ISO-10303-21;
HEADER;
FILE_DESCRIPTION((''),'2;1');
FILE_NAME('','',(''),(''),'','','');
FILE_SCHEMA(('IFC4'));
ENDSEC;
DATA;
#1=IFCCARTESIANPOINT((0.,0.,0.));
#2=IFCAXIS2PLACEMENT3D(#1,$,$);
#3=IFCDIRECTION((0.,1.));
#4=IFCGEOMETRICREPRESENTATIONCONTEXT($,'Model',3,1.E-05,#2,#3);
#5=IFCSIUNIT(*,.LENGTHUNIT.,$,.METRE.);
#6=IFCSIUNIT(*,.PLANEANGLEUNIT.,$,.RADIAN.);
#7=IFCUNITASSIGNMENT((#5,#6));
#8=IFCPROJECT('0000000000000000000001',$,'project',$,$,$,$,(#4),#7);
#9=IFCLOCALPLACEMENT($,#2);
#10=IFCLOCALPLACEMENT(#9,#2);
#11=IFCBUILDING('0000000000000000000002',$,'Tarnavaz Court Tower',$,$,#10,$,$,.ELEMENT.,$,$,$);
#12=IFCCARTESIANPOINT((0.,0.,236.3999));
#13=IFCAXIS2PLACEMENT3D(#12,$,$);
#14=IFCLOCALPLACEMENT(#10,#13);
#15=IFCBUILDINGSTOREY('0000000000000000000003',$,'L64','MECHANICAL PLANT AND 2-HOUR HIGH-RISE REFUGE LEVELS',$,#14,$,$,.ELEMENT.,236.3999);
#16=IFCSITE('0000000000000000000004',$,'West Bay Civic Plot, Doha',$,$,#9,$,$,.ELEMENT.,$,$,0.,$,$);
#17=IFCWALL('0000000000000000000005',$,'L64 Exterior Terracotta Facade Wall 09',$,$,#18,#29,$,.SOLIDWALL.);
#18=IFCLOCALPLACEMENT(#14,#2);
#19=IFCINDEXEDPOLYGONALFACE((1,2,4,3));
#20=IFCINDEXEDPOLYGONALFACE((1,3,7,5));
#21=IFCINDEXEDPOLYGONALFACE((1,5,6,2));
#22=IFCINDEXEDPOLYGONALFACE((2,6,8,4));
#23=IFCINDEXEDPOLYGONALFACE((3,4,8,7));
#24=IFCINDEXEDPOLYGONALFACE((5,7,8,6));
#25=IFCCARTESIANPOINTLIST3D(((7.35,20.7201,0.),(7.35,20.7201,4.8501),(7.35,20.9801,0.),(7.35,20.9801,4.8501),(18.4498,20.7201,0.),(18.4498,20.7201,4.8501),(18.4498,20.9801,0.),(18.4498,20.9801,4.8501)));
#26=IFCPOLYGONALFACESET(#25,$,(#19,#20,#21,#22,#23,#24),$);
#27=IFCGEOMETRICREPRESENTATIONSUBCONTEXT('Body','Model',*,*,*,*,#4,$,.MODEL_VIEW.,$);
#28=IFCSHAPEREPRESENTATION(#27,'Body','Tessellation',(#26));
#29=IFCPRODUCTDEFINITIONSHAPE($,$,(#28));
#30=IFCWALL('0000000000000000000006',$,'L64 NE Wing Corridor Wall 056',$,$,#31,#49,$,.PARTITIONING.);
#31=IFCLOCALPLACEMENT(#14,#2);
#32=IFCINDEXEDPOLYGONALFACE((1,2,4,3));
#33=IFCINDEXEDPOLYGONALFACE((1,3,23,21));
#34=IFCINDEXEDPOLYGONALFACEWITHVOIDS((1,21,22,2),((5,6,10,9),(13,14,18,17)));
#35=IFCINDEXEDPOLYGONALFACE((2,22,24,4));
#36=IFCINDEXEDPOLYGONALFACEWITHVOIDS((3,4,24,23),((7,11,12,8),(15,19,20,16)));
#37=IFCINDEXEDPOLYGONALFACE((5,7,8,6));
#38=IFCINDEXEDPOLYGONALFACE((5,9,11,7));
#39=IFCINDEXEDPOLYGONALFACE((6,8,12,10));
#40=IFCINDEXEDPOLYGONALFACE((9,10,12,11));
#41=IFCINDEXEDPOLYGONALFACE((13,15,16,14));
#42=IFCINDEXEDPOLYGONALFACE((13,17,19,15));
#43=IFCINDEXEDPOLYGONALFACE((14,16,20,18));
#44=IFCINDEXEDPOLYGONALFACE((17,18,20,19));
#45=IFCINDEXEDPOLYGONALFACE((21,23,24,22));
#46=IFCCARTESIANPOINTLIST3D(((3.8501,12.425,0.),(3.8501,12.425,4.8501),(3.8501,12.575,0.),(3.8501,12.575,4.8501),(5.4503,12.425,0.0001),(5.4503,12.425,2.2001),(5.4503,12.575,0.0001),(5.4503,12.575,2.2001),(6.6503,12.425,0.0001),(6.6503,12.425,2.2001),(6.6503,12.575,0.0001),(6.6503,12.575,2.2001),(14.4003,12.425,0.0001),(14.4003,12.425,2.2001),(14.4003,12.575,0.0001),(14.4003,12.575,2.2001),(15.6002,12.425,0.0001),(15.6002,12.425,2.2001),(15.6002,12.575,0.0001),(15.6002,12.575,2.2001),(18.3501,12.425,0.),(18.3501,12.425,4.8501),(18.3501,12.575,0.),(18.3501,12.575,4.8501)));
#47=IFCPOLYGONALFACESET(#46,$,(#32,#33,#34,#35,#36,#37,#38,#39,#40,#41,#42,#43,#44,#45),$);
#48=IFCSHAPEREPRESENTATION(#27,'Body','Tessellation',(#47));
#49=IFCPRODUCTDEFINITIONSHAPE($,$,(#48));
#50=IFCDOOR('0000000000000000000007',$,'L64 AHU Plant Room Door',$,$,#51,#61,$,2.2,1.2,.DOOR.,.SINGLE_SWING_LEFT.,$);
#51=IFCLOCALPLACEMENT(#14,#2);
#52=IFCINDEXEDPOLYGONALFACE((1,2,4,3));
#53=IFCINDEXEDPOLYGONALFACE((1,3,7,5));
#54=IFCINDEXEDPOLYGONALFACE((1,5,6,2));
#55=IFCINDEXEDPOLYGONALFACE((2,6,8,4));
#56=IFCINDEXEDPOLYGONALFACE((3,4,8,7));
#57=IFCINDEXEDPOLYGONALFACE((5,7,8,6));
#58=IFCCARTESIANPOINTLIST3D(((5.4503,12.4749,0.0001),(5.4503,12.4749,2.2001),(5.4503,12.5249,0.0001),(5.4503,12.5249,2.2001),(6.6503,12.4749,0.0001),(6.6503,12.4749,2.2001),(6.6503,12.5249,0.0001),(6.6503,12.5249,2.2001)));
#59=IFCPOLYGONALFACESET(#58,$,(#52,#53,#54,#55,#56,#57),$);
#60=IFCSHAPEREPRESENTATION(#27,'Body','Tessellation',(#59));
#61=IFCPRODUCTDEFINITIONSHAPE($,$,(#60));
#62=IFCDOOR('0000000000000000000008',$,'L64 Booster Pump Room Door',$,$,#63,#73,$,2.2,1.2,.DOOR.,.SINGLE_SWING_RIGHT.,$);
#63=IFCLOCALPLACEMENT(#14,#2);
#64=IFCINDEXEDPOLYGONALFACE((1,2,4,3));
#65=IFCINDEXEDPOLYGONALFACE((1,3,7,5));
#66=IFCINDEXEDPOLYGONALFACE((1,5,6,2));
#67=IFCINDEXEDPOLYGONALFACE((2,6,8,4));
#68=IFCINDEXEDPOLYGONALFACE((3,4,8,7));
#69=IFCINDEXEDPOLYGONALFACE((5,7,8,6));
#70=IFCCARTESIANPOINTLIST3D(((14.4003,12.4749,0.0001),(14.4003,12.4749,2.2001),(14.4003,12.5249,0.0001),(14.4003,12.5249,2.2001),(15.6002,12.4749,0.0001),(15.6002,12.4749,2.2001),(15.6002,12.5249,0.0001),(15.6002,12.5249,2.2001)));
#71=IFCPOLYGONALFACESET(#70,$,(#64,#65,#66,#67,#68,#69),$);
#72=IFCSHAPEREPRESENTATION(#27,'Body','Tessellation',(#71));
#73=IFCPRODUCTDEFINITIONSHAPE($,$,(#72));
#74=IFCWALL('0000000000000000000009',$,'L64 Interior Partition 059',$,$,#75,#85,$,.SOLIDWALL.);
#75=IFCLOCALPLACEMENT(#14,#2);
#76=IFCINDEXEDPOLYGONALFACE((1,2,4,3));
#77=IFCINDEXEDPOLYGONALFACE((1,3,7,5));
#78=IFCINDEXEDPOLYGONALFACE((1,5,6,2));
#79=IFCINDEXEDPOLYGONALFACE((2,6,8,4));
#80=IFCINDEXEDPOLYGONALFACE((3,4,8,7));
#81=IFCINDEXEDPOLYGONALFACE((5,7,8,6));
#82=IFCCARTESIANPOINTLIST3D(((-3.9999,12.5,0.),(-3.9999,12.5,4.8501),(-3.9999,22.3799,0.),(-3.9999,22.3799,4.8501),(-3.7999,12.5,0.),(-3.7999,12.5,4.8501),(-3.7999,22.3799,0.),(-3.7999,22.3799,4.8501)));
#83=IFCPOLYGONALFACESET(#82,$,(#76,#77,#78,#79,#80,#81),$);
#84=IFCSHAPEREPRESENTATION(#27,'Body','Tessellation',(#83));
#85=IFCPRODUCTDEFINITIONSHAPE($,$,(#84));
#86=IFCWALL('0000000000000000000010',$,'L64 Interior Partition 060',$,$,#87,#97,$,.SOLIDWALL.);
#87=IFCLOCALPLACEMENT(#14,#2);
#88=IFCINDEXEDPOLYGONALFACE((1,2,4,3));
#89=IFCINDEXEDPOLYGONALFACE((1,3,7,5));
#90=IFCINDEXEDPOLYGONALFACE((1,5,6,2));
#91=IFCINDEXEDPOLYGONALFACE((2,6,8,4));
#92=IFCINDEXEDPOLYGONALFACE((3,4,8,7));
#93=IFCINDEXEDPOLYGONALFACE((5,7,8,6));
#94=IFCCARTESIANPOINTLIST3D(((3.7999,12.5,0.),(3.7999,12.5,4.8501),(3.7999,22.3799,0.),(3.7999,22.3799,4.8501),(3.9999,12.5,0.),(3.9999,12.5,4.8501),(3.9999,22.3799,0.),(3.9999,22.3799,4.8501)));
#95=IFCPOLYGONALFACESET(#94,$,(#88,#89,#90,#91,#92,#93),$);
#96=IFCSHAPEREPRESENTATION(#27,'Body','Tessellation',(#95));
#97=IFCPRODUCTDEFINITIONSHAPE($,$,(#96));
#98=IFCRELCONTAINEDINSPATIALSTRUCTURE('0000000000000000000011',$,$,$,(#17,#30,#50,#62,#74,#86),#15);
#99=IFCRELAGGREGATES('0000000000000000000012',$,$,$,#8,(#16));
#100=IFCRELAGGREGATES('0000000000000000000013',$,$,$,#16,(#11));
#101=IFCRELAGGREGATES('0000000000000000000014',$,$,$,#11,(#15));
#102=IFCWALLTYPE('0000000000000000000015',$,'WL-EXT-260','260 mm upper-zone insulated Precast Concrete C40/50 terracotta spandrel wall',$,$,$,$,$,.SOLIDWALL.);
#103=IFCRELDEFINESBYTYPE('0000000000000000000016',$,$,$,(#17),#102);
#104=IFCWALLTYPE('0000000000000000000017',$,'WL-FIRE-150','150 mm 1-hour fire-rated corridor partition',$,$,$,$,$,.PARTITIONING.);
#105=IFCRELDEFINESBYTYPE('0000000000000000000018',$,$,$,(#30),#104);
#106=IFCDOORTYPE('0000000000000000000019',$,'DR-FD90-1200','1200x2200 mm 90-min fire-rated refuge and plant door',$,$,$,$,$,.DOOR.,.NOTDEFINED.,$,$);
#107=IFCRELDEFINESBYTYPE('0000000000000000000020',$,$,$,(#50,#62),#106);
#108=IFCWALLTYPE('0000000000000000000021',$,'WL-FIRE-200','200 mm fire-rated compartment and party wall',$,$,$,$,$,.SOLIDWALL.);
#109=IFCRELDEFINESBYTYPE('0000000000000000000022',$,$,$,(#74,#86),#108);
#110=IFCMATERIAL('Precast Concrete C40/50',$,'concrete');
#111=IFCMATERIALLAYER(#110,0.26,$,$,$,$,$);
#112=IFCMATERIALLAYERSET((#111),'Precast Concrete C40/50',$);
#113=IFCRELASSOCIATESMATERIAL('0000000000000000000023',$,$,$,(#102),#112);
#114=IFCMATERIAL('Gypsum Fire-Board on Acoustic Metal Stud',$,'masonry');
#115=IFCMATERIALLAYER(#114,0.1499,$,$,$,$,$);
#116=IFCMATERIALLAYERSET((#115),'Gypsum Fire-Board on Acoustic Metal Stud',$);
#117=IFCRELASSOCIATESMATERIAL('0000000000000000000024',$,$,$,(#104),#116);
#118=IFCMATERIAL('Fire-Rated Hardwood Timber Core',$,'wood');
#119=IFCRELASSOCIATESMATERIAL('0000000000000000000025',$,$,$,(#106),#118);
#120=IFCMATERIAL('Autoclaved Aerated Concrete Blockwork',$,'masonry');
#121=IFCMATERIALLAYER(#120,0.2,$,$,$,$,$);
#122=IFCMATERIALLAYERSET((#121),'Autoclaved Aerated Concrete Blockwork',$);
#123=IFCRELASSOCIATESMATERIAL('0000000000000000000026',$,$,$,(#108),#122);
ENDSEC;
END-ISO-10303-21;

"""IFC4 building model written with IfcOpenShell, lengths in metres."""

from ifc_helpers import new_model, si_unit, direction, frame, frame_2d, origin, place, context, subcontext, project, spatial, rectangle, extrude, material, layer, layer_set, type_object, element, fill, save


model = new_model("IFC4")

# Units and contexts
model_context = context("Model", 3, precision=1e-05, world=origin(), true_north=direction((0.0, 1.0)))
body_context = subcontext(model_context, "Body", "Model", "MODEL_VIEW")
ifc_project = project(units=[si_unit("LENGTHUNIT", "METRE"), si_unit("PLANEANGLEUNIT", "RADIAN")], contexts=[model_context])

# Site, building, storey
site_placement = place(None, origin())
site = spatial("IfcSite", under=ifc_project, at=site_placement, Name="West Bay Civic Plot, Doha", CompositionType="ELEMENT", RefElevation=0.0)
building_placement = place(site_placement, origin())
building = spatial("IfcBuilding", under=site, at=building_placement, Name="Tarnavaz Court Tower", CompositionType="ELEMENT")
storey_placement = place(building_placement, frame((0.0, 0.0, 236.3999)))
storey = spatial("IfcBuildingStorey", under=building, at=storey_placement, Name="L64", Description="MECHANICAL PLANT AND 2-HOUR HIGH-RISE REFUGE LEVELS", CompositionType="ELEMENT", Elevation=236.3999)

# Wall
ifc_material_1 = material(Name="Precast Concrete C40/50", Category="concrete")
ifc_layer_1 = layer(ifc_material_1, 0.26)
ifc_layer_set_1 = layer_set([ifc_layer_1], Name="Precast Concrete C40/50")
wall_type_1 = type_object("IfcWallType", Name="WL-EXT-260", Description="260 mm upper-zone insulated Precast Concrete C40/50 terracotta spandrel wall", PredefinedType="SOLIDWALL", material=ifc_layer_set_1)
wall_1_placement = place(storey_placement, frame((7.3501, 20.8501, 0.0), z_axis=(0.0, 0.0, 1.0), x_axis=(1.0, 0.0, 0.0)))
element("IfcWall", 1, at=wall_1_placement, inside=storey, type_object=wall_type_1, Name="L64 Exterior Terracotta Facade Wall 09", PredefinedType="SOLIDWALL", context=body_context, shape_type="SweptSolid", body=[
    extrude(rectangle(XDim=11.0999, YDim=0.26, at=frame_2d((5.5498, 0.0))), origin(), (0.0, 0.0, 1.0), 4.8501),
])

# Wall, openings, doors
ifc_material_2 = material(Name="Gypsum Fire-Board on Acoustic Metal Stud", Category="masonry")
ifc_layer_2 = layer(ifc_material_2, 0.1499)
ifc_layer_set_2 = layer_set([ifc_layer_2], Name="Gypsum Fire-Board on Acoustic Metal Stud")
wall_type_2 = type_object("IfcWallType", Name="WL-FIRE-150", Description="150 mm 1-hour fire-rated corridor partition", PredefinedType="PARTITIONING", material=ifc_layer_set_2)
wall_2_placement = place(storey_placement, frame((3.8501, 12.5, 0.0), z_axis=(0.0, 0.0, 1.0), x_axis=(1.0, 0.0, 0.0)))
wall_2 = element("IfcWall", 2, at=wall_2_placement, inside=storey, type_object=wall_type_2, Name="L64 NE Wing Corridor Wall 056", PredefinedType="PARTITIONING", context=body_context, shape_type="SweptSolid", body=[
    extrude(rectangle(XDim=14.5, YDim=0.1499, at=frame_2d((7.25, 0.0))), origin(), (0.0, 0.0, 1.0), 4.8501),
])
opening_1_placement = place(wall_2_placement, frame((1.6001, 0.0, 0.0)))
opening_1 = element("IfcOpeningElement", 3, at=opening_1_placement, cuts=wall_2, PredefinedType="OPENING", context=body_context, shape_type="SweptSolid", body=[
    extrude(rectangle(XDim=1.2, YDim=2.2, at=frame_2d((0.6001, 1.1001))), frame((0.0, 0.085, 0.0), z_axis=(0.0, -1.0, 0.0), x_axis=(1.0, 0.0, 0.0)), (0.0, 0.0, 1.0), 0.1699),
])
opening_2_placement = place(wall_2_placement, frame((10.55, 0.0, 0.0)))
opening_2 = element("IfcOpeningElement", 4, at=opening_2_placement, cuts=wall_2, PredefinedType="OPENING", context=body_context, shape_type="SweptSolid", body=[
    extrude(rectangle(XDim=1.2, YDim=2.2, at=frame_2d((0.6001, 1.1001))), frame((0.0, 0.085, 0.0), z_axis=(0.0, -1.0, 0.0), x_axis=(1.0, 0.0, 0.0)), (0.0, 0.0, 1.0), 0.1699),
])
ifc_material_3 = material(Name="Fire-Rated Hardwood Timber Core", Category="wood")
door_type = type_object("IfcDoorType", Name="DR-FD90-1200", Description="1200x2200 mm 90-min fire-rated refuge and plant door", OperationType="NOTDEFINED", PredefinedType="DOOR", material=ifc_material_3)
door_1_placement = place(opening_1_placement, origin())
door_1 = element("IfcDoor", 5, at=door_1_placement, inside=storey, type_object=door_type, Name="L64 AHU Plant Room Door", OperationType="SINGLE_SWING_LEFT", OverallHeight=2.2, OverallWidth=1.2, PredefinedType="DOOR", context=body_context, shape_type="SweptSolid", body=[
    extrude(rectangle(XDim=1.2, YDim=2.2, at=frame_2d((0.6001, 1.1001))), frame((0.0, 0.0249, 0.0), z_axis=(0.0, -1.0, 0.0), x_axis=(1.0, 0.0, 0.0)), (0.0, 0.0, 1.0), 0.05),
])
fill(opening_1, door_1)
door_2_placement = place(opening_2_placement, origin())
door_2 = element("IfcDoor", 6, at=door_2_placement, inside=storey, type_object=door_type, Name="L64 Booster Pump Room Door", OperationType="SINGLE_SWING_RIGHT", OverallHeight=2.2, OverallWidth=1.2, PredefinedType="DOOR", context=body_context, shape_type="SweptSolid", body=[
    extrude(rectangle(XDim=1.2, YDim=2.2, at=frame_2d((0.6001, 1.1001))), frame((0.0, 0.0249, 0.0), z_axis=(0.0, -1.0, 0.0), x_axis=(1.0, 0.0, 0.0)), (0.0, 0.0, 1.0), 0.05),
])
fill(opening_2, door_2)

# Walls
ifc_material_4 = material(Name="Autoclaved Aerated Concrete Blockwork", Category="masonry")
ifc_layer_3 = layer(ifc_material_4, 0.2)
ifc_layer_set_3 = layer_set([ifc_layer_3], Name="Autoclaved Aerated Concrete Blockwork")
wall_type_3 = type_object("IfcWallType", Name="WL-FIRE-200", Description="200 mm fire-rated compartment and party wall", PredefinedType="SOLIDWALL", material=ifc_layer_set_3)
for number, where, z_axis, x_axis, name in (
    (7, (-3.8999, 12.5, 0.0), (0.0, 0.0, 1.0), (0.0, 1.0, 0.0), "L64 Interior Partition 059"),
    (8, (3.8999, 12.5, 0.0), (0.0, 0.0, 1.0), (0.0, 1.0, 0.0), "L64 Interior Partition 060"),
):
    element("IfcWall", number, at=place(storey_placement, frame(where, z_axis=z_axis, x_axis=x_axis)), inside=storey, type_object=wall_type_3, Name=name, PredefinedType="SOLIDWALL", context=body_context, shape_type="SweptSolid", body=[
        extrude(rectangle(XDim=9.8799, YDim=0.2, at=frame_2d((4.9399, 0.0))), origin(), (0.0, 0.0, 1.0), 4.8501),
    ])

save(model, "model.ifc")
